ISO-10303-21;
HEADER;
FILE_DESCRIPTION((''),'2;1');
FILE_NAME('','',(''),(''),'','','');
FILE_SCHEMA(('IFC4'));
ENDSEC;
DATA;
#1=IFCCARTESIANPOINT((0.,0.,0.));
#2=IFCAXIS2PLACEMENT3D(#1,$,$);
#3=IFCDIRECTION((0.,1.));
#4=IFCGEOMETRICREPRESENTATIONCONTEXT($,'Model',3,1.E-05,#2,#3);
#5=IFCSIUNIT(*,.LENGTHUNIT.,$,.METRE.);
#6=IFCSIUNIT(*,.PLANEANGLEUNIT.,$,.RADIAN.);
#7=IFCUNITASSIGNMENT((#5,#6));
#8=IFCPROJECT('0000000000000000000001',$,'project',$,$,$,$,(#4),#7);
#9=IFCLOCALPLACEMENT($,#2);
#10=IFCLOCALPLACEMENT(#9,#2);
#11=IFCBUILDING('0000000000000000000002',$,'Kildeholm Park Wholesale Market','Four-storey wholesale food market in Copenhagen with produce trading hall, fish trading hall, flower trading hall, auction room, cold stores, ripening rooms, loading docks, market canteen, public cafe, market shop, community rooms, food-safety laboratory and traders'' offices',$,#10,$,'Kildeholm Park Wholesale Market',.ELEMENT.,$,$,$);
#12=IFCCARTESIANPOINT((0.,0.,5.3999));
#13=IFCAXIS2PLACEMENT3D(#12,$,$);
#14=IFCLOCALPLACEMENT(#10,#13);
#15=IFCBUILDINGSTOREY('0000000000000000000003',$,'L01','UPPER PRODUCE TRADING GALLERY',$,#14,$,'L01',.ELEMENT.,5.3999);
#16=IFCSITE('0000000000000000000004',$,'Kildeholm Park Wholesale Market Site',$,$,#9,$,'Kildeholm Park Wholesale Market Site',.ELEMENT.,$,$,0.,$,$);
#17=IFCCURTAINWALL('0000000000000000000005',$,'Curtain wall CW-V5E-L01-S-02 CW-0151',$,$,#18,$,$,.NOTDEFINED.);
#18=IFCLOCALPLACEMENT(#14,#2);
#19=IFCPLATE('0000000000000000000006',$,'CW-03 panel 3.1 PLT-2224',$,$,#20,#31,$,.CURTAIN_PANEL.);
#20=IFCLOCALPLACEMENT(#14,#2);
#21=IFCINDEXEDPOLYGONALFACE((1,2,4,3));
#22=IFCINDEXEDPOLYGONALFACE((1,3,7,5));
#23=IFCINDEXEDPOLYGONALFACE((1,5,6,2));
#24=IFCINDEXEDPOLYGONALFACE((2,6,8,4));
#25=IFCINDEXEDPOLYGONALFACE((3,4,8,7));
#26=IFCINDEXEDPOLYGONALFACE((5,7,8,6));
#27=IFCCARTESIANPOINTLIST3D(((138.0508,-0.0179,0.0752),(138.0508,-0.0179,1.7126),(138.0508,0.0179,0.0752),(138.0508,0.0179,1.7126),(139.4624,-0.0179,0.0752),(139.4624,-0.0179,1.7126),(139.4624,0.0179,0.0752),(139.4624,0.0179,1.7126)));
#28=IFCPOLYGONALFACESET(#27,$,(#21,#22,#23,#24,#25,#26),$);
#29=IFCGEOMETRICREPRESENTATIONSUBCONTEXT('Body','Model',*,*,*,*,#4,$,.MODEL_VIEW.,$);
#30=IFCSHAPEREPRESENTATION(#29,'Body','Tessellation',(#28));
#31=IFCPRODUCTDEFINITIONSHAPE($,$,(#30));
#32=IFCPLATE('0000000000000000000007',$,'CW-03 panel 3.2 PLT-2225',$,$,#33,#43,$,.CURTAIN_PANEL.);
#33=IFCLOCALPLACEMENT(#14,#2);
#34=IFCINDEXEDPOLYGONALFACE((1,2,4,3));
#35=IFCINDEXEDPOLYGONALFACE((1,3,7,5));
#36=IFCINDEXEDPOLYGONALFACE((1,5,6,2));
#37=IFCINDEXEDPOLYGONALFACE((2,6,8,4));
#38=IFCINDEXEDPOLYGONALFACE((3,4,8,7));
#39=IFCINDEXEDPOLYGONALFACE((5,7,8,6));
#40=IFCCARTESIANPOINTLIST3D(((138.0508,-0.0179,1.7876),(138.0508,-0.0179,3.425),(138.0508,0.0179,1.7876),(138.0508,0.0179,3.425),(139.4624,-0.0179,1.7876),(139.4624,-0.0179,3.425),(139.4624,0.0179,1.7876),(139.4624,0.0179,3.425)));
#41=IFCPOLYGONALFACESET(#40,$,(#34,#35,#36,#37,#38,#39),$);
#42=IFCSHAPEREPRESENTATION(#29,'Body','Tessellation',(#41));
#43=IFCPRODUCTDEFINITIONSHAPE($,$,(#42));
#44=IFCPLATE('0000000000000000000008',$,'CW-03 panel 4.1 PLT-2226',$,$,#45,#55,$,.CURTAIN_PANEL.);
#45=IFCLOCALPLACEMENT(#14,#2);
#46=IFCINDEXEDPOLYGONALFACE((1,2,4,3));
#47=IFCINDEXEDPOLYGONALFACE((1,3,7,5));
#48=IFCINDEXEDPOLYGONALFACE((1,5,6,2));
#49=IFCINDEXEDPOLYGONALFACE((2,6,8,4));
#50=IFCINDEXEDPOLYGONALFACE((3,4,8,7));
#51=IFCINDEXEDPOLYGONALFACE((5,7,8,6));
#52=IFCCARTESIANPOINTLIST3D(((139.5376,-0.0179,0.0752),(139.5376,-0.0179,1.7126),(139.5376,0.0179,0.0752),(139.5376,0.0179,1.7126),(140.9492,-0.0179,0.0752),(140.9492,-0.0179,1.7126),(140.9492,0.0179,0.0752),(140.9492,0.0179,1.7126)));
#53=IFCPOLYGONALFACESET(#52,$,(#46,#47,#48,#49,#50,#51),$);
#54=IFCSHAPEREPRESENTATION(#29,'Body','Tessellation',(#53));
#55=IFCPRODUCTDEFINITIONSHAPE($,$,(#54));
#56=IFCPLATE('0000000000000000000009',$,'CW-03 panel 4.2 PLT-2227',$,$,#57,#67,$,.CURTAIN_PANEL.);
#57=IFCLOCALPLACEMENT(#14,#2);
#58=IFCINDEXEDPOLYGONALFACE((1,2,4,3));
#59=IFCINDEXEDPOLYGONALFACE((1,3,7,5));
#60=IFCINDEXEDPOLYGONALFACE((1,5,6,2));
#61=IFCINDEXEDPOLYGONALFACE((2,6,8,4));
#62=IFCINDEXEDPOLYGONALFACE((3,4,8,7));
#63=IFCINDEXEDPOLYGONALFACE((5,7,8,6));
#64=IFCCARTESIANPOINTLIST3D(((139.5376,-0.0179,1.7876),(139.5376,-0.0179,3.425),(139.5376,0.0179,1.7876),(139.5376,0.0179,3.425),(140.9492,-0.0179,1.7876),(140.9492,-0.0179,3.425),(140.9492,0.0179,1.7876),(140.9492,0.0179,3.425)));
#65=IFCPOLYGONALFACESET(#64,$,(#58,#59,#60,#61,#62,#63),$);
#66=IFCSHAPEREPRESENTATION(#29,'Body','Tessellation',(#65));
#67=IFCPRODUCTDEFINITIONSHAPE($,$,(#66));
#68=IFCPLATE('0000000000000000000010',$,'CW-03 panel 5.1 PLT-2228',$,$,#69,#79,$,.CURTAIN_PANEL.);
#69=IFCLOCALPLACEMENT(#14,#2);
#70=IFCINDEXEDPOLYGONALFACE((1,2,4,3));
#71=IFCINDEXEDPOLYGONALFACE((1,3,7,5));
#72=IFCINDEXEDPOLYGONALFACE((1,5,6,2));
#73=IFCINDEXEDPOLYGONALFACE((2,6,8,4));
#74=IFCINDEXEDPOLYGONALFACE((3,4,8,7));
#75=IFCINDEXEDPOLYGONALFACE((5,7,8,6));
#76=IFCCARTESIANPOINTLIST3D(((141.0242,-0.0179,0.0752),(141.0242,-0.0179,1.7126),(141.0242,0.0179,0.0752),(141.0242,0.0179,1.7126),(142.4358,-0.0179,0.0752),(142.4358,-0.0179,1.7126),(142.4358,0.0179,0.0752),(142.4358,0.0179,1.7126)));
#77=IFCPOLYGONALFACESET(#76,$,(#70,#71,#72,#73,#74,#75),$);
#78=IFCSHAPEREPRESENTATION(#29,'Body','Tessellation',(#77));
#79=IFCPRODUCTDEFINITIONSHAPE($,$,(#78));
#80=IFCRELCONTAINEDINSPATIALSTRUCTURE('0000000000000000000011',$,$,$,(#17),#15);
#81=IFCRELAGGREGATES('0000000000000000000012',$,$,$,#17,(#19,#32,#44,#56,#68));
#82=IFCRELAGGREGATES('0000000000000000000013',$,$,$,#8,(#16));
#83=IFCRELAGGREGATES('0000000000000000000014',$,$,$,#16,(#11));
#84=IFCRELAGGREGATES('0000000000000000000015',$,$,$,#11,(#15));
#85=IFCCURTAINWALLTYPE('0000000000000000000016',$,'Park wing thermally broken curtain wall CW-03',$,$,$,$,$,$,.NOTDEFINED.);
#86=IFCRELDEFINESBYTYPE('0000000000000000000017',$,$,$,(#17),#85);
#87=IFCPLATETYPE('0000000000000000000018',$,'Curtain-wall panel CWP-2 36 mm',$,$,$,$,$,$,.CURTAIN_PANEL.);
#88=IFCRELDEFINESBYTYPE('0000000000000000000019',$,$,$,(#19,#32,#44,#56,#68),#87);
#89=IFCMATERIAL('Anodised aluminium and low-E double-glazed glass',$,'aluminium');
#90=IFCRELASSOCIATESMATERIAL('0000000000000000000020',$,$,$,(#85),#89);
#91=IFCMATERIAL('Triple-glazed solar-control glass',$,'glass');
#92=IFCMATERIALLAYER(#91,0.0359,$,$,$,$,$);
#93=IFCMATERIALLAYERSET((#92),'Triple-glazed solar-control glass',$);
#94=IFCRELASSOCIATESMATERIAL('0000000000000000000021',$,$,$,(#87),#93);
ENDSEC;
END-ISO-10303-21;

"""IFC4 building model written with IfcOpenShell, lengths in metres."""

from ifc_helpers import new_model, si_unit, direction, frame, origin, origin_2d, place, context, subcontext, project, spatial, rectangle, extrude, material, layer, layer_set, type_object, element, aggregate, save


model = new_model("IFC4")

# Units and contexts
model_context = context("Model", 3, precision=1e-05, world=origin(), true_north=direction((0.0, 1.0)))
body_context = subcontext(model_context, "Body", "Model", "MODEL_VIEW")
ifc_project = project(units=[si_unit("LENGTHUNIT", "METRE"), si_unit("PLANEANGLEUNIT", "RADIAN")], contexts=[model_context])

# Site, building, storey
site_placement = place(None, origin())
site = spatial("IfcSite", under=ifc_project, at=site_placement, Name="Kildeholm Park Wholesale Market Site", LongName="Kildeholm Park Wholesale Market Site", CompositionType="ELEMENT", RefElevation=0.0)
building_placement = place(site_placement, origin())
building = spatial("IfcBuilding", under=site, at=building_placement, Name="Kildeholm Park Wholesale Market", Description="Four-storey wholesale food market in Copenhagen with produce trading hall, fish trading hall, flower trading hall, auction room, cold stores, ripening rooms, loading docks, market canteen, public cafe, market shop, community rooms, food-safety laboratory and traders' offices", LongName="Kildeholm Park Wholesale Market", CompositionType="ELEMENT")
storey_placement = place(building_placement, frame((0.0, 0.0, 5.3999)))
storey = spatial("IfcBuildingStorey", under=building, at=storey_placement, Name="L01", Description="UPPER PRODUCE TRADING GALLERY", LongName="L01", CompositionType="ELEMENT", Elevation=5.3999)

# Curtain wall, plates
ifc_material_1 = material(Name="Anodised aluminium and low-E double-glazed glass", Category="aluminium")
curtain_wall_type = type_object("IfcCurtainWallType", Name="Park wing thermally broken curtain wall CW-03", PredefinedType="NOTDEFINED", material=ifc_material_1)
curtain_wall_placement = place(storey_placement, origin())
curtain_wall = element("IfcCurtainWall", 1, at=curtain_wall_placement, inside=storey, type_object=curtain_wall_type, Name="Curtain wall CW-V5E-L01-S-02 CW-0151", PredefinedType="NOTDEFINED")
ifc_material_2 = material(Name="Triple-glazed solar-control glass", Category="glass")
ifc_layer = layer(ifc_material_2, 0.0359)
ifc_layer_set = layer_set([ifc_layer], Name="Triple-glazed solar-control glass")
plate_type = type_object("IfcPlateType", Name="Curtain-wall panel CWP-2 36 mm", PredefinedType="CURTAIN_PANEL", material=ifc_layer_set)
plate_1_placement = place(storey_placement, frame((138.7566, 0.0, 0.0752), z_axis=(0.0, 0.0, 1.0), x_axis=(1.0, 0.0, 0.0)))
plate_1 = element("IfcPlate", 2, at=plate_1_placement, type_object=plate_type, Name="CW-03 panel 3.1 PLT-2224", PredefinedType="CURTAIN_PANEL", context=body_context, shape_type="SweptSolid", body=[
    extrude(rectangle(XDim=1.4116, YDim=0.0359, at=origin_2d()), origin(), (0.0, 0.0, 1.0), 1.6375),
])
plate_2_placement = place(storey_placement, frame((138.7566, 0.0, 1.7876), z_axis=(0.0, 0.0, 1.0), x_axis=(1.0, 0.0, 0.0)))
plate_2 = element("IfcPlate", 3, at=plate_2_placement, type_object=plate_type, Name="CW-03 panel 3.2 PLT-2225", PredefinedType="CURTAIN_PANEL", context=body_context, shape_type="SweptSolid", body=[
    extrude(rectangle(XDim=1.4116, YDim=0.0359, at=origin_2d()), origin(), (0.0, 0.0, 1.0), 1.6375),
])
plate_3_placement = place(storey_placement, frame((140.2434, 0.0, 0.0752), z_axis=(0.0, 0.0, 1.0), x_axis=(1.0, 0.0, 0.0)))
plate_3 = element("IfcPlate", 4, at=plate_3_placement, type_object=plate_type, Name="CW-03 panel 4.1 PLT-2226", PredefinedType="CURTAIN_PANEL", context=body_context, shape_type="SweptSolid", body=[
    extrude(rectangle(XDim=1.4116, YDim=0.0359, at=origin_2d()), origin(), (0.0, 0.0, 1.0), 1.6375),
])
plate_4_placement = place(storey_placement, frame((140.2434, 0.0, 1.7876), z_axis=(0.0, 0.0, 1.0), x_axis=(1.0, 0.0, 0.0)))
plate_4 = element("IfcPlate", 5, at=plate_4_placement, type_object=plate_type, Name="CW-03 panel 4.2 PLT-2227", PredefinedType="CURTAIN_PANEL", context=body_context, shape_type="SweptSolid", body=[
    extrude(rectangle(XDim=1.4116, YDim=0.0359, at=origin_2d()), origin(), (0.0, 0.0, 1.0), 1.6375),
])
plate_5_placement = place(storey_placement, frame((141.73, 0.0, 0.0752), z_axis=(0.0, 0.0, 1.0), x_axis=(1.0, 0.0, 0.0)))
plate_5 = element("IfcPlate", 6, at=plate_5_placement, type_object=plate_type, Name="CW-03 panel 5.1 PLT-2228", PredefinedType="CURTAIN_PANEL", context=body_context, shape_type="SweptSolid", body=[
    extrude(rectangle(XDim=1.4116, YDim=0.0359, at=origin_2d()), origin(), (0.0, 0.0, 1.0), 1.6375),
])
aggregate(curtain_wall, [plate_1, plate_2, plate_3, plate_4, plate_5])

save(model, "model.ifc")
